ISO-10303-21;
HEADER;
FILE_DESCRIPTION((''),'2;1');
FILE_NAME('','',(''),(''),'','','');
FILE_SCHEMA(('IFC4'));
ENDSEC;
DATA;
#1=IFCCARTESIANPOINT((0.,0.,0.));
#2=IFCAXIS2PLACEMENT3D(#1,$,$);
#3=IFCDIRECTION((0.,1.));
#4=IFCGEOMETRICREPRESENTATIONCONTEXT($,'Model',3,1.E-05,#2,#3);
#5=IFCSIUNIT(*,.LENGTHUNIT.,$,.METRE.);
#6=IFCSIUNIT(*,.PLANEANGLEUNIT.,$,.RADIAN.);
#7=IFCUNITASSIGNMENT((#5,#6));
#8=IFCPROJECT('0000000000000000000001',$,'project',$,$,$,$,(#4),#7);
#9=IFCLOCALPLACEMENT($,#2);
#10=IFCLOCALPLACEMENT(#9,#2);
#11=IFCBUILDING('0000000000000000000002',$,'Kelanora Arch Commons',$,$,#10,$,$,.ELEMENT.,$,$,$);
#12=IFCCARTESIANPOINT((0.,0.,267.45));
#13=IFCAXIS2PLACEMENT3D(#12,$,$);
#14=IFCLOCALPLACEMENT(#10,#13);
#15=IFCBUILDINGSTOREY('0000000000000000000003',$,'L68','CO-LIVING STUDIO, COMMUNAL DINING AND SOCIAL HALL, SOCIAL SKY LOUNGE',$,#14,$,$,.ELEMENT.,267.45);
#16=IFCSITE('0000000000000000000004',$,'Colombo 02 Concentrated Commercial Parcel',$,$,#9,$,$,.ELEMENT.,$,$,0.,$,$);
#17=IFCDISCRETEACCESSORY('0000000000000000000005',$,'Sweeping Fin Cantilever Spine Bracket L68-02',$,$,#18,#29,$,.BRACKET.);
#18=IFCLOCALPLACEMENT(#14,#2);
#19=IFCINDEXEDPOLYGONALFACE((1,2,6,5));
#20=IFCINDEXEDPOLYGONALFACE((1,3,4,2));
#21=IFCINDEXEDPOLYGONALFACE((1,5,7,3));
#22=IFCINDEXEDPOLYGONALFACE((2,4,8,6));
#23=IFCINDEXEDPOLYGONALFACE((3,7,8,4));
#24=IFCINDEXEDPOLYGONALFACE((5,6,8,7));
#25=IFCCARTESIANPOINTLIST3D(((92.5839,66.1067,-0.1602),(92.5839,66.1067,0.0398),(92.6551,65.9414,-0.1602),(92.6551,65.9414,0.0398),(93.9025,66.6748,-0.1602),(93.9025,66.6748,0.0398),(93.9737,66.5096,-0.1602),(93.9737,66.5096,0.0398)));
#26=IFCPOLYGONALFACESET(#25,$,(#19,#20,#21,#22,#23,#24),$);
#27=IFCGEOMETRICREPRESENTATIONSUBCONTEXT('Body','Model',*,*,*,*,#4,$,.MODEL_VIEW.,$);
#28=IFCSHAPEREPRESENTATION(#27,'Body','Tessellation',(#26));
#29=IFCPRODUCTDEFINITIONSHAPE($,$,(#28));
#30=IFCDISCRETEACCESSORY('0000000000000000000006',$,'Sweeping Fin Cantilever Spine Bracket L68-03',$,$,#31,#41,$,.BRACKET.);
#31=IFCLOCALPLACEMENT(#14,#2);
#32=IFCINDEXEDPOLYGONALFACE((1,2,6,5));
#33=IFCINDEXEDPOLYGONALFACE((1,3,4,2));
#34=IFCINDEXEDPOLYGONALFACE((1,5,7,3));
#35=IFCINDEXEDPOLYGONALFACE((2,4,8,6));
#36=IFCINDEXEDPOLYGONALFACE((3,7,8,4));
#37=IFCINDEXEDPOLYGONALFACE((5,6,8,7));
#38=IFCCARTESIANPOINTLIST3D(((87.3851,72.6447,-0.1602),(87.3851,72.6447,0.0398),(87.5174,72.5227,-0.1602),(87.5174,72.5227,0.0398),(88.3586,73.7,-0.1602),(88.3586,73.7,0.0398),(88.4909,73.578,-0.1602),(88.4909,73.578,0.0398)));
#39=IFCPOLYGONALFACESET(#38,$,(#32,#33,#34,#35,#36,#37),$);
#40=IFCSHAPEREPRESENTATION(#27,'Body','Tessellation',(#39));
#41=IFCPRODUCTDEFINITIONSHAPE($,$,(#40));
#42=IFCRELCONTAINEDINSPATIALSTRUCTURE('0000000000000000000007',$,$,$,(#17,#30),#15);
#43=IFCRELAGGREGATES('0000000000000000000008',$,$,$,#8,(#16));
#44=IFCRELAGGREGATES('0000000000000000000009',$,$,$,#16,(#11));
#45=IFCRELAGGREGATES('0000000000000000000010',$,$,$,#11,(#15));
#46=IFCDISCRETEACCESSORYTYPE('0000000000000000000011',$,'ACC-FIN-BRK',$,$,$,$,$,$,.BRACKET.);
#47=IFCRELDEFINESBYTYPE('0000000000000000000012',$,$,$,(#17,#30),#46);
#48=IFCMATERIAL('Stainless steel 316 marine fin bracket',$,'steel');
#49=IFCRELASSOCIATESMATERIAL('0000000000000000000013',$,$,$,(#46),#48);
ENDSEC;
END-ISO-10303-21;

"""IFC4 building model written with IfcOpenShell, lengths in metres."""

from ifc_helpers import new_model, si_unit, direction, frame, origin, origin_2d, place, context, subcontext, project, spatial, rectangle, extrude, source, transform, mapped, material, type_object, element, save


model = new_model("IFC4")

# Units and contexts
model_context = context("Model", 3, precision=1e-05, world=origin(), true_north=direction((0.0, 1.0)))
body_context = subcontext(model_context, "Body", "Model", "MODEL_VIEW")
ifc_project = project(units=[si_unit("LENGTHUNIT", "METRE"), si_unit("PLANEANGLEUNIT", "RADIAN")], contexts=[model_context])

# Site, building, storey
site_placement = place(None, origin())
site = spatial("IfcSite", under=ifc_project, at=site_placement, Name="Colombo 02 Concentrated Commercial Parcel", CompositionType="ELEMENT", RefElevation=0.0)
building_placement = place(site_placement, origin())
building = spatial("IfcBuilding", under=site, at=building_placement, Name="Kelanora Arch Commons", CompositionType="ELEMENT")
storey_placement = place(building_placement, frame((0.0, 0.0, 267.45)))
storey = spatial("IfcBuildingStorey", under=building, at=storey_placement, Name="L68", Description="CO-LIVING STUDIO, COMMUNAL DINING AND SOCIAL HALL, SOCIAL SKY LOUNGE", CompositionType="ELEMENT", Elevation=267.45)

# Discrete accessories
ifc_material_1 = material(Name="Stainless steel 316 marine fin bracket", Category="steel")
discrete_accessory_type = type_object("IfcDiscreteAccessoryType", Name="ACC-FIN-BRK", PredefinedType="BRACKET", material=ifc_material_1)
shared_shape_1 = source(origin(), body_context, "Body", "SweptSolid", [
    extrude(rectangle(XDim=1.4358, YDim=0.1799, at=origin_2d()), origin(), (0.0, 0.0, 1.0), 0.2),
])
for number, where, z_axis, x_axis, name in (
    (1, (93.2788, 66.3081, -0.1602), (0.0, 0.0, 1.0), (0.918377, 0.395706, 0.0), "Sweeping Fin Cantilever Spine Bracket L68-02"),
    (2, (87.938, 73.1113, -0.1602), (0.0, 0.0, 1.0), (0.678031, 0.735033, 0.0), "Sweeping Fin Cantilever Spine Bracket L68-03"),
):
    element("IfcDiscreteAccessory", number, at=place(storey_placement, frame(where, z_axis=z_axis, x_axis=x_axis)), inside=storey, type_object=discrete_accessory_type, Name=name, PredefinedType="BRACKET", context=body_context, shape_type="MappedRepresentation", body=[
        mapped(shared_shape_1, transform((0.0, 0.0, 0.0), scale=1.0)),
    ])

save(model, "model.ifc")
